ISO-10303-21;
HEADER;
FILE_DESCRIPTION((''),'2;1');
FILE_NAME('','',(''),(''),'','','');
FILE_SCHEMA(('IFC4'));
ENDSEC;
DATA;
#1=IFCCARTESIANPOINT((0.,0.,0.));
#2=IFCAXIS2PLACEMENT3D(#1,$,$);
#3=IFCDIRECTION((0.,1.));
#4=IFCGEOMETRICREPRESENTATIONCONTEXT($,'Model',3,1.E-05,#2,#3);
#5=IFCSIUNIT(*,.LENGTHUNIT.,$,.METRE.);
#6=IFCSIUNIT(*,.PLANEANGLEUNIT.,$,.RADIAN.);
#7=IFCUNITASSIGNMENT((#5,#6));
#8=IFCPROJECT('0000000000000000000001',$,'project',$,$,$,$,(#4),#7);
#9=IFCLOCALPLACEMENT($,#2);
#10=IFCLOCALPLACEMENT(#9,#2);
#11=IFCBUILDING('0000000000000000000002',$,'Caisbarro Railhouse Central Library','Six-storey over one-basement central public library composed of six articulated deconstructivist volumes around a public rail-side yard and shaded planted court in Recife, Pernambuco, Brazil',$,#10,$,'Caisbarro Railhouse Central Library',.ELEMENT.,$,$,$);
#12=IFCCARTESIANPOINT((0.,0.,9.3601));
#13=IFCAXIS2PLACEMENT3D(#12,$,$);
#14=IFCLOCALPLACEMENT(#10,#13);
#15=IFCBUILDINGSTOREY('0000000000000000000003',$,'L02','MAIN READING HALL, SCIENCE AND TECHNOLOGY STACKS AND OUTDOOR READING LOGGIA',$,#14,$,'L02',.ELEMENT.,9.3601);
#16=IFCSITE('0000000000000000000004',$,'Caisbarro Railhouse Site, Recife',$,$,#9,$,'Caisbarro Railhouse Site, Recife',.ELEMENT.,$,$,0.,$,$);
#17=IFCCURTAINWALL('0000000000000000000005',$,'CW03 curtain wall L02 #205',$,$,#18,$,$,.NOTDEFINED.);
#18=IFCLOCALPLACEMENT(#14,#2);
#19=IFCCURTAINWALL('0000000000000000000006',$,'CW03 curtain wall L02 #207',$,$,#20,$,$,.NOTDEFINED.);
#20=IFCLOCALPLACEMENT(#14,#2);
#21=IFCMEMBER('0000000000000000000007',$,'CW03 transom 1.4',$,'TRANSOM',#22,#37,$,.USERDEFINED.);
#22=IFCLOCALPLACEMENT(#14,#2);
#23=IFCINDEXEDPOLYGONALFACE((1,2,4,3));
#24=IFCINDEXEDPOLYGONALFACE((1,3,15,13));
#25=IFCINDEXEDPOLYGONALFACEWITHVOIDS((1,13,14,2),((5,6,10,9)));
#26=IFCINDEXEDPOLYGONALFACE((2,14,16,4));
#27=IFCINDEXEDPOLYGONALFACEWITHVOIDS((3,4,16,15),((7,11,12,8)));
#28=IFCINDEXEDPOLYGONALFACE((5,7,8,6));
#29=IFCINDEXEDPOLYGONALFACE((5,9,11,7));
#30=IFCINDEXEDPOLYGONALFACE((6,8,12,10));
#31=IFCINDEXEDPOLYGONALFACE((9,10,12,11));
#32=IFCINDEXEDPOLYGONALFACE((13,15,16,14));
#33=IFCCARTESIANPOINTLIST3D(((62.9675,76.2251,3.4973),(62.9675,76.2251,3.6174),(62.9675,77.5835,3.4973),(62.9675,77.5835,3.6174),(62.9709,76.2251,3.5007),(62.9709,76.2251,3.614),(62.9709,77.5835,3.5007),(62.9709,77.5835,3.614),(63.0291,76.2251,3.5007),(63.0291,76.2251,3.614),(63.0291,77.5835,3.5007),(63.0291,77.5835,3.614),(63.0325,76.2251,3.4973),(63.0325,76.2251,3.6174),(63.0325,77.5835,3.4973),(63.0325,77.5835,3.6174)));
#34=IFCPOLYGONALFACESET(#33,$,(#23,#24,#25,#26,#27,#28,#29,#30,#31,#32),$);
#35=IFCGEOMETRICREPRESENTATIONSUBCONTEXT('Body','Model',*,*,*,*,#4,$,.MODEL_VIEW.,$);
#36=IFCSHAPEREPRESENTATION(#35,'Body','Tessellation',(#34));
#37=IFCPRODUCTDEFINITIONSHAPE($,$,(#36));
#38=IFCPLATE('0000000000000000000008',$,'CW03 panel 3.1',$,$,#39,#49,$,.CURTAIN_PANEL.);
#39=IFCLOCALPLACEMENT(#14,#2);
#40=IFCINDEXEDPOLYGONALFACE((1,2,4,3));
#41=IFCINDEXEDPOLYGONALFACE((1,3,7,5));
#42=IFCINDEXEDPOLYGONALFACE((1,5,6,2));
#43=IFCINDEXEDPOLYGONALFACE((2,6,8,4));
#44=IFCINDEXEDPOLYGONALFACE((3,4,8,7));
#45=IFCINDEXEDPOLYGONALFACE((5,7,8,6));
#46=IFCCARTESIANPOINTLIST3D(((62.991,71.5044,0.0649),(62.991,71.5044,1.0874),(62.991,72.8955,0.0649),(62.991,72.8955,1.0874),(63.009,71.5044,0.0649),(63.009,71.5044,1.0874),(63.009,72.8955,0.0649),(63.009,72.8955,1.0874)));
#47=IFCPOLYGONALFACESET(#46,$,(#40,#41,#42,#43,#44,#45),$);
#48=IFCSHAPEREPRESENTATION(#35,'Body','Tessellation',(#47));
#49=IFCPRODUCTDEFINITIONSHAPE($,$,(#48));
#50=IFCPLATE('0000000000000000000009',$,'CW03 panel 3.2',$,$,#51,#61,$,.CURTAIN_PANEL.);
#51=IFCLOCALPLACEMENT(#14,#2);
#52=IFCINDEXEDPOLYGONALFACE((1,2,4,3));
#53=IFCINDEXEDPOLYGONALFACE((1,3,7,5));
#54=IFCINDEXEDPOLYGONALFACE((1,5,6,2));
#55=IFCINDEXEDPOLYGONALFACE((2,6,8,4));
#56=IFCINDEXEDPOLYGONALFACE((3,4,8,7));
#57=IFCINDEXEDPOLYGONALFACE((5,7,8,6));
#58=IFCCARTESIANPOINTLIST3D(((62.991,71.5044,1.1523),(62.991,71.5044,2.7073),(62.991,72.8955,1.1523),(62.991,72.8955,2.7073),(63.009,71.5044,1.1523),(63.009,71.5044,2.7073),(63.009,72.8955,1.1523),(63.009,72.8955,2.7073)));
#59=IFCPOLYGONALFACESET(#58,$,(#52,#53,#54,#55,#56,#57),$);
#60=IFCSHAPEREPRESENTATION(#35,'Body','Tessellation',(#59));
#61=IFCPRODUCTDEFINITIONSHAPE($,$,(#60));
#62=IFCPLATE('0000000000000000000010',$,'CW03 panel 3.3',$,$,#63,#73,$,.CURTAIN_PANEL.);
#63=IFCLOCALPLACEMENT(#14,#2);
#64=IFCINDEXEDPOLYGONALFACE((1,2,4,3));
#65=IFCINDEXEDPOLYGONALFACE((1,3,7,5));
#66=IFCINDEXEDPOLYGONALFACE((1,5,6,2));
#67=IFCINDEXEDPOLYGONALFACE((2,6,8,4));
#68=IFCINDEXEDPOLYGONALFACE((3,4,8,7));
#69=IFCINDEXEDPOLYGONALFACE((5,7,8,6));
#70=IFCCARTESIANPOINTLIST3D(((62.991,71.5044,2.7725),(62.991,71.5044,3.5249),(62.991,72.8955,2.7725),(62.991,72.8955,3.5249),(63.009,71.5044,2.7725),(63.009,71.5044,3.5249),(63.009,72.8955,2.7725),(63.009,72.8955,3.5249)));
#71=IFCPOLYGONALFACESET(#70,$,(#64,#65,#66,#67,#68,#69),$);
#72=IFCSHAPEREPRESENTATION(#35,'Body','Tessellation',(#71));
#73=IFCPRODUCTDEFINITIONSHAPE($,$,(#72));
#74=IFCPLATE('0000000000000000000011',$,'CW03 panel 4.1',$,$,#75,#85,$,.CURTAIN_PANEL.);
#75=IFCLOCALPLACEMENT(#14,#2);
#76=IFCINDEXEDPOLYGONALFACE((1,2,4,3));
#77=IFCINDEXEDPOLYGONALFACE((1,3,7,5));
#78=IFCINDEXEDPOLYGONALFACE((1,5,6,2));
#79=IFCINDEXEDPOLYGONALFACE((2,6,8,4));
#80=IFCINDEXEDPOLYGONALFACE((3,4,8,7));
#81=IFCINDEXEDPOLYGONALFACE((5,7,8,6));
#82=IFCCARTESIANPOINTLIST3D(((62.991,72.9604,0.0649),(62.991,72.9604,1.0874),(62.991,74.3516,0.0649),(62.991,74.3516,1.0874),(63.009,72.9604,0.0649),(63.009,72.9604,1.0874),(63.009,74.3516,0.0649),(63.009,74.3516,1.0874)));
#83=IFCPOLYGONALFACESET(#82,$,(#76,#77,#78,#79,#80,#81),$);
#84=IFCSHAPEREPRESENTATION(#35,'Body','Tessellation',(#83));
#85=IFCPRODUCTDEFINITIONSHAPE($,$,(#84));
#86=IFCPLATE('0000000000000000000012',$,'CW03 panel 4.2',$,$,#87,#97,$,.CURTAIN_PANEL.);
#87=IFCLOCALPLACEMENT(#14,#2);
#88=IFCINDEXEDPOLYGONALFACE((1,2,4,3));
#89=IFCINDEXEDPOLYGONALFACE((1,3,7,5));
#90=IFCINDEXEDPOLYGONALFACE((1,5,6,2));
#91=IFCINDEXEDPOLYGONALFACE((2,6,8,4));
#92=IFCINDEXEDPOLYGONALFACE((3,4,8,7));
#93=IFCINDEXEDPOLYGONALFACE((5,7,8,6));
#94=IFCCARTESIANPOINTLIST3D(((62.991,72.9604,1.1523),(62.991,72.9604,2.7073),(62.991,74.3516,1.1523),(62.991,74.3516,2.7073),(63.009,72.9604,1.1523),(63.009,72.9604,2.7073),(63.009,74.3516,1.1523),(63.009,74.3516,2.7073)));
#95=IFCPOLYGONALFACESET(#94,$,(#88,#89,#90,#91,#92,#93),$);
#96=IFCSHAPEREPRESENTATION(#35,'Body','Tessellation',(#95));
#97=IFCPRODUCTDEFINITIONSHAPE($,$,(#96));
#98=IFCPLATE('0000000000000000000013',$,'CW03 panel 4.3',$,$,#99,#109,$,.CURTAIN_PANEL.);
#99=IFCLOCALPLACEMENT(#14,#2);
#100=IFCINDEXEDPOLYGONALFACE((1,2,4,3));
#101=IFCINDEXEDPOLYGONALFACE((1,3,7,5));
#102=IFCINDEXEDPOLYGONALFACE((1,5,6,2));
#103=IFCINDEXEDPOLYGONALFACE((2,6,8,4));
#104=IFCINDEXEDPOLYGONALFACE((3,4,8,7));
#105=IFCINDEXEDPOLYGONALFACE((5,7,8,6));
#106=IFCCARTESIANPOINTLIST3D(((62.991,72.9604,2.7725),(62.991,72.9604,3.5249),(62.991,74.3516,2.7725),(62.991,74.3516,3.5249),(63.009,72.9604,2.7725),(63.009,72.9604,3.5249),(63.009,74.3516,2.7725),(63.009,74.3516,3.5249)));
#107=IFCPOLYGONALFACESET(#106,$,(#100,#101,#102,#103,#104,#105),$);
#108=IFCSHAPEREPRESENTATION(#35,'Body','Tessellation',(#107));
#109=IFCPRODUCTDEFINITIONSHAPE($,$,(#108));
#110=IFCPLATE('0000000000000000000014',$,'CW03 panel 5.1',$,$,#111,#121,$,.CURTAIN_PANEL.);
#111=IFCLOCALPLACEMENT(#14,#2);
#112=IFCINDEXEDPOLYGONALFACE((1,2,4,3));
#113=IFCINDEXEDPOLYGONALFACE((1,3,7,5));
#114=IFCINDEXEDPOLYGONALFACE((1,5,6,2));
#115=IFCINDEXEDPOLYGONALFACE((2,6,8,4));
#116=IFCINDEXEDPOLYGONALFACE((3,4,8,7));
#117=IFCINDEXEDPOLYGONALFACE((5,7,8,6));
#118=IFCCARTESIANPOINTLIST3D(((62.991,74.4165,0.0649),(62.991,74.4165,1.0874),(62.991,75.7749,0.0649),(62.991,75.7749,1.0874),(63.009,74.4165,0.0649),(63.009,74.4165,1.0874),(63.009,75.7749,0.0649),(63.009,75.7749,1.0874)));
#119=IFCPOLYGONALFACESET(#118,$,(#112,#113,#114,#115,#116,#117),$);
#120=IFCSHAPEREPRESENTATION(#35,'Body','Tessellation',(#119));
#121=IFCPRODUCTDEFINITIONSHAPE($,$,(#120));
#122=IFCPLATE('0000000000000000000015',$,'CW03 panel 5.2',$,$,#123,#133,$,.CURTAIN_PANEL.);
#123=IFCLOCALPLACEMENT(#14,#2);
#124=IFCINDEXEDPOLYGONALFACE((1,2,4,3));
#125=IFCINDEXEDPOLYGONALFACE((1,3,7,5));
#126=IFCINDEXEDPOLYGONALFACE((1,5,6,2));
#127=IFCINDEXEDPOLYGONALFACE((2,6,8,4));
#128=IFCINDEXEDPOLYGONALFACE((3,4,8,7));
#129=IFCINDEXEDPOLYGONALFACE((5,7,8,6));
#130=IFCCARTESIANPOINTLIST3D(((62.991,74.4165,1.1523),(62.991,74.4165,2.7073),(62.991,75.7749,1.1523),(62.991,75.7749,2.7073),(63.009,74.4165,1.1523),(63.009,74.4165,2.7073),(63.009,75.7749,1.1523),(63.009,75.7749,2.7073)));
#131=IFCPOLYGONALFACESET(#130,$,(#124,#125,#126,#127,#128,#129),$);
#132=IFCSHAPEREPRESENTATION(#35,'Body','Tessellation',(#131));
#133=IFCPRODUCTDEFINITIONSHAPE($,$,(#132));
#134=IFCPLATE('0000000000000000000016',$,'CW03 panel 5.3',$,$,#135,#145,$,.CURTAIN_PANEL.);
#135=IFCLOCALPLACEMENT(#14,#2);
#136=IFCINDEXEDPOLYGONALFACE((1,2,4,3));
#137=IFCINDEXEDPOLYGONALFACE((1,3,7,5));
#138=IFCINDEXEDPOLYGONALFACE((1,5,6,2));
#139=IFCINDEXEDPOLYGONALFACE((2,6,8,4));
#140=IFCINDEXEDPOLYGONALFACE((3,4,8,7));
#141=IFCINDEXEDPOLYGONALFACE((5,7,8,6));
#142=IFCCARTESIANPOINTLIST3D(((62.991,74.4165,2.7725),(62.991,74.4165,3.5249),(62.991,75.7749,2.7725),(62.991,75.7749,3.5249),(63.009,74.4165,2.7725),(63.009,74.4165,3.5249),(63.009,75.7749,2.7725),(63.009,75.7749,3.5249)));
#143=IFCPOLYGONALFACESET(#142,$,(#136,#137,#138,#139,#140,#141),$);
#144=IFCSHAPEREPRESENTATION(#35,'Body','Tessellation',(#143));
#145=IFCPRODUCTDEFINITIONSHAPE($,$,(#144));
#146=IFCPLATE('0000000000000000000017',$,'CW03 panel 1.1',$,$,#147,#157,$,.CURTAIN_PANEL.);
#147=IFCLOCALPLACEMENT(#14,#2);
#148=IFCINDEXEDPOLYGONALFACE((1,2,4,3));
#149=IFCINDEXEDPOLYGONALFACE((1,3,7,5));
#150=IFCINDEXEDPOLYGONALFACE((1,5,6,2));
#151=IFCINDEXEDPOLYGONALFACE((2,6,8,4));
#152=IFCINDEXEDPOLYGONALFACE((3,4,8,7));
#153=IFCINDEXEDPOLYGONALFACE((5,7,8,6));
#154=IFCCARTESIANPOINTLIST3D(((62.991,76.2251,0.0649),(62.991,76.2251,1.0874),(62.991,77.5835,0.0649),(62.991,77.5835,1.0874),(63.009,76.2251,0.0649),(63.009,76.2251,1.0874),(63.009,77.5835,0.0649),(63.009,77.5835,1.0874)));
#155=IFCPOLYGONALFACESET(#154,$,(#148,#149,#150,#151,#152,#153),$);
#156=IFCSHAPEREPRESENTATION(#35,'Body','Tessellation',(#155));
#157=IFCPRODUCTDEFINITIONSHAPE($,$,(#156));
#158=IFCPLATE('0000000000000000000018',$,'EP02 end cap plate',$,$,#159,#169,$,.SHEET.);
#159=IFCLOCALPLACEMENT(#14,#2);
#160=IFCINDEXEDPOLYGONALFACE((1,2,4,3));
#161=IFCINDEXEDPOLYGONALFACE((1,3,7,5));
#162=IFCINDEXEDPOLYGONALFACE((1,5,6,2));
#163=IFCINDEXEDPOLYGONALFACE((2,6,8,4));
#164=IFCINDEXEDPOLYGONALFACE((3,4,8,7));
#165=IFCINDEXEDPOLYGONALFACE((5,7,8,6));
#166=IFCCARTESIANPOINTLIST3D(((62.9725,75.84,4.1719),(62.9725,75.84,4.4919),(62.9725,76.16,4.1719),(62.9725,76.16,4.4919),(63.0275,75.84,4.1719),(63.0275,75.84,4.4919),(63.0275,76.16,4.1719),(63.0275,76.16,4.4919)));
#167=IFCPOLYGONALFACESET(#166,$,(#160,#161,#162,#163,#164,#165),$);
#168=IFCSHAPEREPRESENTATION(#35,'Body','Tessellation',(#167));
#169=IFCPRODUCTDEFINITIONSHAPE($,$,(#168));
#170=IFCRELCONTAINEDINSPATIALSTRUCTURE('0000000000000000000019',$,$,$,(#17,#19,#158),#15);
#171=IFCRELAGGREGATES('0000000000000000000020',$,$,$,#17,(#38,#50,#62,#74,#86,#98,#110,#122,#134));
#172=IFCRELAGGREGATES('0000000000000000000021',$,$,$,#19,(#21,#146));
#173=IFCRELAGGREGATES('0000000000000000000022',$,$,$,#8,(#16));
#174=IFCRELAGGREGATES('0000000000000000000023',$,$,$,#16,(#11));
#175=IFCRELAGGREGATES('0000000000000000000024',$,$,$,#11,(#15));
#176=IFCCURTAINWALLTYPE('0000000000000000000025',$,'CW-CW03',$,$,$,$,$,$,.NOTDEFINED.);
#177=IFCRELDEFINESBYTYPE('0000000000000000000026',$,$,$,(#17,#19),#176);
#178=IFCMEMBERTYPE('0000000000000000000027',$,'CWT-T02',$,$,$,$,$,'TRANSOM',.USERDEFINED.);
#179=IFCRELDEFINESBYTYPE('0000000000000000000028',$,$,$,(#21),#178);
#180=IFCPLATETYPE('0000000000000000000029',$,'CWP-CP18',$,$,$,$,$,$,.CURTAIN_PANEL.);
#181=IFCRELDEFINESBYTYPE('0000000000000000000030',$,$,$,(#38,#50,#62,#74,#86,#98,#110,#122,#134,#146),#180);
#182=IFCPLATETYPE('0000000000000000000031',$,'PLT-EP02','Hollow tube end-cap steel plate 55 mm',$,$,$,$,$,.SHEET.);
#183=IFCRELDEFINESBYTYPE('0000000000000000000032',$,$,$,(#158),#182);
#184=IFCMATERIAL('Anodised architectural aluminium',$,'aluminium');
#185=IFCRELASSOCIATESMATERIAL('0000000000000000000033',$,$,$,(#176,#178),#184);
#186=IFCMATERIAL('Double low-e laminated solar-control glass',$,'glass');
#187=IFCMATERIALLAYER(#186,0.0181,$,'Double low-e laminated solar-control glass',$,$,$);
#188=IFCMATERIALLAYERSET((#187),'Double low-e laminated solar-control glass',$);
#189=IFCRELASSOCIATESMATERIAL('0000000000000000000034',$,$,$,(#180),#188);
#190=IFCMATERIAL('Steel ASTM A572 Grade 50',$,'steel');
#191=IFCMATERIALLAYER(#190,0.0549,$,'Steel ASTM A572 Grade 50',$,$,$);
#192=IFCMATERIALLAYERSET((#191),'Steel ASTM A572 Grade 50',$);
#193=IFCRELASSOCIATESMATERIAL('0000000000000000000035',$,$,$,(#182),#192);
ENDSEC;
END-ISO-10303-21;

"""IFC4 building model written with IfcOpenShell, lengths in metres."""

from ifc_helpers import new_model, si_unit, direction, frame, origin, origin_2d, place, context, subcontext, project, spatial, rectangle, hollow_rectangle, extrude, material, layer, layer_set, material_profile, profile_set, type_object, element, aggregate, save


model = new_model("IFC4")

# Units and contexts
model_context = context("Model", 3, precision=1e-05, world=origin(), true_north=direction((0.0, 1.0)))
body_context = subcontext(model_context, "Body", "Model", "MODEL_VIEW")
ifc_project = project(units=[si_unit("LENGTHUNIT", "METRE"), si_unit("PLANEANGLEUNIT", "RADIAN")], contexts=[model_context])

# Site, building, storey
site_placement = place(None, origin())
site = spatial("IfcSite", under=ifc_project, at=site_placement, Name="Caisbarro Railhouse Site, Recife", LongName="Caisbarro Railhouse Site, Recife", CompositionType="ELEMENT", RefElevation=0.0)
building_placement = place(site_placement, origin())
building = spatial("IfcBuilding", under=site, at=building_placement, Name="Caisbarro Railhouse Central Library", Description="Six-storey over one-basement central public library composed of six articulated deconstructivist volumes around a public rail-side yard and shaded planted court in Recife, Pernambuco, Brazil", LongName="Caisbarro Railhouse Central Library", CompositionType="ELEMENT")
storey_placement = place(building_placement, frame((0.0, 0.0, 9.3601)))
storey = spatial("IfcBuildingStorey", under=building, at=storey_placement, Name="L02", Description="MAIN READING HALL, SCIENCE AND TECHNOLOGY STACKS AND OUTDOOR READING LOGGIA", LongName="L02", CompositionType="ELEMENT", Elevation=9.3601)

# Shared definitions
ifc_material_1 = material(Name="Steel ASTM A572 Grade 50", Category="steel")

# Curtain wall
ifc_material_2 = material(Name="Anodised architectural aluminium", Category="aluminium")
curtain_wall_type = type_object("IfcCurtainWallType", Name="CW-CW03", PredefinedType="NOTDEFINED", material=ifc_material_2)
curtain_wall_1_placement = place(storey_placement, origin())
curtain_wall_1 = element("IfcCurtainWall", 1, at=curtain_wall_1_placement, inside=storey, type_object=curtain_wall_type, Name="CW03 curtain wall L02 #205", PredefinedType="NOTDEFINED")

# Curtain wall
curtain_wall_2_placement = place(storey_placement, origin())
curtain_wall_2 = element("IfcCurtainWall", 2, at=curtain_wall_2_placement, inside=storey, type_object=curtain_wall_type, Name="CW03 curtain wall L02 #207", PredefinedType="NOTDEFINED")

# Member
ifc_material_profile_1 = material_profile(ifc_material_2, hollow_rectangle(XDim=0.0649, YDim=0.1201, WallThickness=0.0034, at=origin_2d()), Name="ALU-TRN-65X120")
ifc_profile_set_1 = profile_set([ifc_material_profile_1], Name="Anodised architectural aluminium")
member_type_1 = type_object("IfcMemberType", Name="CWT-T02", ElementType="TRANSOM", PredefinedType="USERDEFINED", material=ifc_profile_set_1)
member_1_placement = place(storey_placement, frame((63.0, 76.2251, 3.5574), z_axis=(0.0, 1.0, 0.0), x_axis=(-1.0, 0.0, 0.0)))
member_1 = element("IfcMember", 3, at=member_1_placement, type_object=member_type_1, Name="CW03 transom 1.4", ObjectType="TRANSOM", PredefinedType="USERDEFINED", context=body_context, shape_type="SweptSolid", body=[
    extrude(hollow_rectangle(XDim=0.0649, YDim=0.1201, WallThickness=0.0034, at=origin_2d()), origin(), (0.0, 0.0, 1.0), 1.3584),
])

# Plates
ifc_material_3 = material(Name="Double low-e laminated solar-control glass", Category="glass")
ifc_layer_1 = layer(ifc_material_3, 0.0181, Name="Double low-e laminated solar-control glass")
ifc_layer_set_1 = layer_set([ifc_layer_1], Name="Double low-e laminated solar-control glass")
plate_type_1 = type_object("IfcPlateType", Name="CWP-CP18", PredefinedType="CURTAIN_PANEL", material=ifc_layer_set_1)
plate_1_placement = place(storey_placement, frame((63.0, 72.2, 0.0649), z_axis=(0.0, 0.0, 1.0), x_axis=(0.0, 1.0, 0.0)))
plate_1 = element("IfcPlate", 4, at=plate_1_placement, type_object=plate_type_1, Name="CW03 panel 3.1", PredefinedType="CURTAIN_PANEL", context=body_context, shape_type="SweptSolid", body=[
    extrude(rectangle(XDim=1.3911, YDim=0.0181, at=origin_2d()), origin(), (0.0, 0.0, 1.0), 1.0225),
])
plate_2_placement = place(storey_placement, frame((63.0, 72.2, 1.1523), z_axis=(0.0, 0.0, 1.0), x_axis=(0.0, 1.0, 0.0)))
plate_2 = element("IfcPlate", 5, at=plate_2_placement, type_object=plate_type_1, Name="CW03 panel 3.2", PredefinedType="CURTAIN_PANEL", context=body_context, shape_type="SweptSolid", body=[
    extrude(rectangle(XDim=1.3911, YDim=0.0181, at=origin_2d()), origin(), (0.0, 0.0, 1.0), 1.5549),
])
plate_3_placement = place(storey_placement, frame((63.0, 72.2, 2.7725), z_axis=(0.0, 0.0, 1.0), x_axis=(0.0, 1.0, 0.0)))
plate_3 = element("IfcPlate", 6, at=plate_3_placement, type_object=plate_type_1, Name="CW03 panel 3.3", PredefinedType="CURTAIN_PANEL", context=body_context, shape_type="SweptSolid", body=[
    extrude(rectangle(XDim=1.3911, YDim=0.0181, at=origin_2d()), origin(), (0.0, 0.0, 1.0), 0.7524),
])
plate_4_placement = place(storey_placement, frame((63.0, 73.656, 0.0649), z_axis=(0.0, 0.0, 1.0), x_axis=(0.0, 1.0, 0.0)))
plate_4 = element("IfcPlate", 7, at=plate_4_placement, type_object=plate_type_1, Name="CW03 panel 4.1", PredefinedType="CURTAIN_PANEL", context=body_context, shape_type="SweptSolid", body=[
    extrude(rectangle(XDim=1.3911, YDim=0.0181, at=origin_2d()), origin(), (0.0, 0.0, 1.0), 1.0225),
])
plate_5_placement = place(storey_placement, frame((63.0, 73.656, 1.1523), z_axis=(0.0, 0.0, 1.0), x_axis=(0.0, 1.0, 0.0)))
plate_5 = element("IfcPlate", 8, at=plate_5_placement, type_object=plate_type_1, Name="CW03 panel 4.2", PredefinedType="CURTAIN_PANEL", context=body_context, shape_type="SweptSolid", body=[
    extrude(rectangle(XDim=1.3911, YDim=0.0181, at=origin_2d()), origin(), (0.0, 0.0, 1.0), 1.5549),
])
plate_6_placement = place(storey_placement, frame((63.0, 73.656, 2.7725), z_axis=(0.0, 0.0, 1.0), x_axis=(0.0, 1.0, 0.0)))
plate_6 = element("IfcPlate", 9, at=plate_6_placement, type_object=plate_type_1, Name="CW03 panel 4.3", PredefinedType="CURTAIN_PANEL", context=body_context, shape_type="SweptSolid", body=[
    extrude(rectangle(XDim=1.3911, YDim=0.0181, at=origin_2d()), origin(), (0.0, 0.0, 1.0), 0.7524),
])
plate_7_placement = place(storey_placement, frame((63.0, 75.0957, 0.0649), z_axis=(0.0, 0.0, 1.0), x_axis=(0.0, 1.0, 0.0)))
plate_7 = element("IfcPlate", 10, at=plate_7_placement, type_object=plate_type_1, Name="CW03 panel 5.1", PredefinedType="CURTAIN_PANEL", context=body_context, shape_type="SweptSolid", body=[
    extrude(rectangle(XDim=1.3584, YDim=0.0181, at=origin_2d()), origin(), (0.0, 0.0, 1.0), 1.0225),
])
plate_8_placement = place(storey_placement, frame((63.0, 75.0957, 1.1523), z_axis=(0.0, 0.0, 1.0), x_axis=(0.0, 1.0, 0.0)))
plate_8 = element("IfcPlate", 11, at=plate_8_placement, type_object=plate_type_1, Name="CW03 panel 5.2", PredefinedType="CURTAIN_PANEL", context=body_context, shape_type="SweptSolid", body=[
    extrude(rectangle(XDim=1.3584, YDim=0.0181, at=origin_2d()), origin(), (0.0, 0.0, 1.0), 1.5549),
])
plate_9_placement = place(storey_placement, frame((63.0, 75.0957, 2.7725), z_axis=(0.0, 0.0, 1.0), x_axis=(0.0, 1.0, 0.0)))
plate_9 = element("IfcPlate", 12, at=plate_9_placement, type_object=plate_type_1, Name="CW03 panel 5.3", PredefinedType="CURTAIN_PANEL", context=body_context, shape_type="SweptSolid", body=[
    extrude(rectangle(XDim=1.3584, YDim=0.0181, at=origin_2d()), origin(), (0.0, 0.0, 1.0), 0.7524),
])
aggregate(curtain_wall_1, [plate_1, plate_2, plate_3, plate_4, plate_5, plate_6, plate_7, plate_8, plate_9])
plate_10_placement = place(storey_placement, frame((63.0, 76.9043, 0.0649), z_axis=(0.0, 0.0, 1.0), x_axis=(0.0, 1.0, 0.0)))
plate_10 = element("IfcPlate", 13, at=plate_10_placement, type_object=plate_type_1, Name="CW03 panel 1.1", PredefinedType="CURTAIN_PANEL", context=body_context, shape_type="SweptSolid", body=[
    extrude(rectangle(XDim=1.3584, YDim=0.0181, at=origin_2d()), origin(), (0.0, 0.0, 1.0), 1.0225),
])
aggregate(curtain_wall_2, [member_1, plate_10])
ifc_layer_2 = layer(ifc_material_1, 0.0549, Name="Steel ASTM A572 Grade 50")
ifc_layer_set_2 = layer_set([ifc_layer_2], Name="Steel ASTM A572 Grade 50")
plate_type_2 = type_object("IfcPlateType", Name="PLT-EP02", Description="Hollow tube end-cap steel plate 55 mm", PredefinedType="SHEET", material=ifc_layer_set_2)
plate_11_placement = place(storey_placement, frame((63.0, 76.0, 4.1719), z_axis=(0.0, 0.0, 1.0), x_axis=(1.0, 0.0, 0.0)))
element("IfcPlate", 14, at=plate_11_placement, inside=storey, type_object=plate_type_2, Name="EP02 end cap plate", PredefinedType="SHEET", context=body_context, shape_type="SweptSolid", body=[
    extrude(rectangle(XDim=0.0549, YDim=0.3201, at=origin_2d()), origin(), (0.0, 0.0, 1.0), 0.3201),
])

save(model, "model.ifc")
